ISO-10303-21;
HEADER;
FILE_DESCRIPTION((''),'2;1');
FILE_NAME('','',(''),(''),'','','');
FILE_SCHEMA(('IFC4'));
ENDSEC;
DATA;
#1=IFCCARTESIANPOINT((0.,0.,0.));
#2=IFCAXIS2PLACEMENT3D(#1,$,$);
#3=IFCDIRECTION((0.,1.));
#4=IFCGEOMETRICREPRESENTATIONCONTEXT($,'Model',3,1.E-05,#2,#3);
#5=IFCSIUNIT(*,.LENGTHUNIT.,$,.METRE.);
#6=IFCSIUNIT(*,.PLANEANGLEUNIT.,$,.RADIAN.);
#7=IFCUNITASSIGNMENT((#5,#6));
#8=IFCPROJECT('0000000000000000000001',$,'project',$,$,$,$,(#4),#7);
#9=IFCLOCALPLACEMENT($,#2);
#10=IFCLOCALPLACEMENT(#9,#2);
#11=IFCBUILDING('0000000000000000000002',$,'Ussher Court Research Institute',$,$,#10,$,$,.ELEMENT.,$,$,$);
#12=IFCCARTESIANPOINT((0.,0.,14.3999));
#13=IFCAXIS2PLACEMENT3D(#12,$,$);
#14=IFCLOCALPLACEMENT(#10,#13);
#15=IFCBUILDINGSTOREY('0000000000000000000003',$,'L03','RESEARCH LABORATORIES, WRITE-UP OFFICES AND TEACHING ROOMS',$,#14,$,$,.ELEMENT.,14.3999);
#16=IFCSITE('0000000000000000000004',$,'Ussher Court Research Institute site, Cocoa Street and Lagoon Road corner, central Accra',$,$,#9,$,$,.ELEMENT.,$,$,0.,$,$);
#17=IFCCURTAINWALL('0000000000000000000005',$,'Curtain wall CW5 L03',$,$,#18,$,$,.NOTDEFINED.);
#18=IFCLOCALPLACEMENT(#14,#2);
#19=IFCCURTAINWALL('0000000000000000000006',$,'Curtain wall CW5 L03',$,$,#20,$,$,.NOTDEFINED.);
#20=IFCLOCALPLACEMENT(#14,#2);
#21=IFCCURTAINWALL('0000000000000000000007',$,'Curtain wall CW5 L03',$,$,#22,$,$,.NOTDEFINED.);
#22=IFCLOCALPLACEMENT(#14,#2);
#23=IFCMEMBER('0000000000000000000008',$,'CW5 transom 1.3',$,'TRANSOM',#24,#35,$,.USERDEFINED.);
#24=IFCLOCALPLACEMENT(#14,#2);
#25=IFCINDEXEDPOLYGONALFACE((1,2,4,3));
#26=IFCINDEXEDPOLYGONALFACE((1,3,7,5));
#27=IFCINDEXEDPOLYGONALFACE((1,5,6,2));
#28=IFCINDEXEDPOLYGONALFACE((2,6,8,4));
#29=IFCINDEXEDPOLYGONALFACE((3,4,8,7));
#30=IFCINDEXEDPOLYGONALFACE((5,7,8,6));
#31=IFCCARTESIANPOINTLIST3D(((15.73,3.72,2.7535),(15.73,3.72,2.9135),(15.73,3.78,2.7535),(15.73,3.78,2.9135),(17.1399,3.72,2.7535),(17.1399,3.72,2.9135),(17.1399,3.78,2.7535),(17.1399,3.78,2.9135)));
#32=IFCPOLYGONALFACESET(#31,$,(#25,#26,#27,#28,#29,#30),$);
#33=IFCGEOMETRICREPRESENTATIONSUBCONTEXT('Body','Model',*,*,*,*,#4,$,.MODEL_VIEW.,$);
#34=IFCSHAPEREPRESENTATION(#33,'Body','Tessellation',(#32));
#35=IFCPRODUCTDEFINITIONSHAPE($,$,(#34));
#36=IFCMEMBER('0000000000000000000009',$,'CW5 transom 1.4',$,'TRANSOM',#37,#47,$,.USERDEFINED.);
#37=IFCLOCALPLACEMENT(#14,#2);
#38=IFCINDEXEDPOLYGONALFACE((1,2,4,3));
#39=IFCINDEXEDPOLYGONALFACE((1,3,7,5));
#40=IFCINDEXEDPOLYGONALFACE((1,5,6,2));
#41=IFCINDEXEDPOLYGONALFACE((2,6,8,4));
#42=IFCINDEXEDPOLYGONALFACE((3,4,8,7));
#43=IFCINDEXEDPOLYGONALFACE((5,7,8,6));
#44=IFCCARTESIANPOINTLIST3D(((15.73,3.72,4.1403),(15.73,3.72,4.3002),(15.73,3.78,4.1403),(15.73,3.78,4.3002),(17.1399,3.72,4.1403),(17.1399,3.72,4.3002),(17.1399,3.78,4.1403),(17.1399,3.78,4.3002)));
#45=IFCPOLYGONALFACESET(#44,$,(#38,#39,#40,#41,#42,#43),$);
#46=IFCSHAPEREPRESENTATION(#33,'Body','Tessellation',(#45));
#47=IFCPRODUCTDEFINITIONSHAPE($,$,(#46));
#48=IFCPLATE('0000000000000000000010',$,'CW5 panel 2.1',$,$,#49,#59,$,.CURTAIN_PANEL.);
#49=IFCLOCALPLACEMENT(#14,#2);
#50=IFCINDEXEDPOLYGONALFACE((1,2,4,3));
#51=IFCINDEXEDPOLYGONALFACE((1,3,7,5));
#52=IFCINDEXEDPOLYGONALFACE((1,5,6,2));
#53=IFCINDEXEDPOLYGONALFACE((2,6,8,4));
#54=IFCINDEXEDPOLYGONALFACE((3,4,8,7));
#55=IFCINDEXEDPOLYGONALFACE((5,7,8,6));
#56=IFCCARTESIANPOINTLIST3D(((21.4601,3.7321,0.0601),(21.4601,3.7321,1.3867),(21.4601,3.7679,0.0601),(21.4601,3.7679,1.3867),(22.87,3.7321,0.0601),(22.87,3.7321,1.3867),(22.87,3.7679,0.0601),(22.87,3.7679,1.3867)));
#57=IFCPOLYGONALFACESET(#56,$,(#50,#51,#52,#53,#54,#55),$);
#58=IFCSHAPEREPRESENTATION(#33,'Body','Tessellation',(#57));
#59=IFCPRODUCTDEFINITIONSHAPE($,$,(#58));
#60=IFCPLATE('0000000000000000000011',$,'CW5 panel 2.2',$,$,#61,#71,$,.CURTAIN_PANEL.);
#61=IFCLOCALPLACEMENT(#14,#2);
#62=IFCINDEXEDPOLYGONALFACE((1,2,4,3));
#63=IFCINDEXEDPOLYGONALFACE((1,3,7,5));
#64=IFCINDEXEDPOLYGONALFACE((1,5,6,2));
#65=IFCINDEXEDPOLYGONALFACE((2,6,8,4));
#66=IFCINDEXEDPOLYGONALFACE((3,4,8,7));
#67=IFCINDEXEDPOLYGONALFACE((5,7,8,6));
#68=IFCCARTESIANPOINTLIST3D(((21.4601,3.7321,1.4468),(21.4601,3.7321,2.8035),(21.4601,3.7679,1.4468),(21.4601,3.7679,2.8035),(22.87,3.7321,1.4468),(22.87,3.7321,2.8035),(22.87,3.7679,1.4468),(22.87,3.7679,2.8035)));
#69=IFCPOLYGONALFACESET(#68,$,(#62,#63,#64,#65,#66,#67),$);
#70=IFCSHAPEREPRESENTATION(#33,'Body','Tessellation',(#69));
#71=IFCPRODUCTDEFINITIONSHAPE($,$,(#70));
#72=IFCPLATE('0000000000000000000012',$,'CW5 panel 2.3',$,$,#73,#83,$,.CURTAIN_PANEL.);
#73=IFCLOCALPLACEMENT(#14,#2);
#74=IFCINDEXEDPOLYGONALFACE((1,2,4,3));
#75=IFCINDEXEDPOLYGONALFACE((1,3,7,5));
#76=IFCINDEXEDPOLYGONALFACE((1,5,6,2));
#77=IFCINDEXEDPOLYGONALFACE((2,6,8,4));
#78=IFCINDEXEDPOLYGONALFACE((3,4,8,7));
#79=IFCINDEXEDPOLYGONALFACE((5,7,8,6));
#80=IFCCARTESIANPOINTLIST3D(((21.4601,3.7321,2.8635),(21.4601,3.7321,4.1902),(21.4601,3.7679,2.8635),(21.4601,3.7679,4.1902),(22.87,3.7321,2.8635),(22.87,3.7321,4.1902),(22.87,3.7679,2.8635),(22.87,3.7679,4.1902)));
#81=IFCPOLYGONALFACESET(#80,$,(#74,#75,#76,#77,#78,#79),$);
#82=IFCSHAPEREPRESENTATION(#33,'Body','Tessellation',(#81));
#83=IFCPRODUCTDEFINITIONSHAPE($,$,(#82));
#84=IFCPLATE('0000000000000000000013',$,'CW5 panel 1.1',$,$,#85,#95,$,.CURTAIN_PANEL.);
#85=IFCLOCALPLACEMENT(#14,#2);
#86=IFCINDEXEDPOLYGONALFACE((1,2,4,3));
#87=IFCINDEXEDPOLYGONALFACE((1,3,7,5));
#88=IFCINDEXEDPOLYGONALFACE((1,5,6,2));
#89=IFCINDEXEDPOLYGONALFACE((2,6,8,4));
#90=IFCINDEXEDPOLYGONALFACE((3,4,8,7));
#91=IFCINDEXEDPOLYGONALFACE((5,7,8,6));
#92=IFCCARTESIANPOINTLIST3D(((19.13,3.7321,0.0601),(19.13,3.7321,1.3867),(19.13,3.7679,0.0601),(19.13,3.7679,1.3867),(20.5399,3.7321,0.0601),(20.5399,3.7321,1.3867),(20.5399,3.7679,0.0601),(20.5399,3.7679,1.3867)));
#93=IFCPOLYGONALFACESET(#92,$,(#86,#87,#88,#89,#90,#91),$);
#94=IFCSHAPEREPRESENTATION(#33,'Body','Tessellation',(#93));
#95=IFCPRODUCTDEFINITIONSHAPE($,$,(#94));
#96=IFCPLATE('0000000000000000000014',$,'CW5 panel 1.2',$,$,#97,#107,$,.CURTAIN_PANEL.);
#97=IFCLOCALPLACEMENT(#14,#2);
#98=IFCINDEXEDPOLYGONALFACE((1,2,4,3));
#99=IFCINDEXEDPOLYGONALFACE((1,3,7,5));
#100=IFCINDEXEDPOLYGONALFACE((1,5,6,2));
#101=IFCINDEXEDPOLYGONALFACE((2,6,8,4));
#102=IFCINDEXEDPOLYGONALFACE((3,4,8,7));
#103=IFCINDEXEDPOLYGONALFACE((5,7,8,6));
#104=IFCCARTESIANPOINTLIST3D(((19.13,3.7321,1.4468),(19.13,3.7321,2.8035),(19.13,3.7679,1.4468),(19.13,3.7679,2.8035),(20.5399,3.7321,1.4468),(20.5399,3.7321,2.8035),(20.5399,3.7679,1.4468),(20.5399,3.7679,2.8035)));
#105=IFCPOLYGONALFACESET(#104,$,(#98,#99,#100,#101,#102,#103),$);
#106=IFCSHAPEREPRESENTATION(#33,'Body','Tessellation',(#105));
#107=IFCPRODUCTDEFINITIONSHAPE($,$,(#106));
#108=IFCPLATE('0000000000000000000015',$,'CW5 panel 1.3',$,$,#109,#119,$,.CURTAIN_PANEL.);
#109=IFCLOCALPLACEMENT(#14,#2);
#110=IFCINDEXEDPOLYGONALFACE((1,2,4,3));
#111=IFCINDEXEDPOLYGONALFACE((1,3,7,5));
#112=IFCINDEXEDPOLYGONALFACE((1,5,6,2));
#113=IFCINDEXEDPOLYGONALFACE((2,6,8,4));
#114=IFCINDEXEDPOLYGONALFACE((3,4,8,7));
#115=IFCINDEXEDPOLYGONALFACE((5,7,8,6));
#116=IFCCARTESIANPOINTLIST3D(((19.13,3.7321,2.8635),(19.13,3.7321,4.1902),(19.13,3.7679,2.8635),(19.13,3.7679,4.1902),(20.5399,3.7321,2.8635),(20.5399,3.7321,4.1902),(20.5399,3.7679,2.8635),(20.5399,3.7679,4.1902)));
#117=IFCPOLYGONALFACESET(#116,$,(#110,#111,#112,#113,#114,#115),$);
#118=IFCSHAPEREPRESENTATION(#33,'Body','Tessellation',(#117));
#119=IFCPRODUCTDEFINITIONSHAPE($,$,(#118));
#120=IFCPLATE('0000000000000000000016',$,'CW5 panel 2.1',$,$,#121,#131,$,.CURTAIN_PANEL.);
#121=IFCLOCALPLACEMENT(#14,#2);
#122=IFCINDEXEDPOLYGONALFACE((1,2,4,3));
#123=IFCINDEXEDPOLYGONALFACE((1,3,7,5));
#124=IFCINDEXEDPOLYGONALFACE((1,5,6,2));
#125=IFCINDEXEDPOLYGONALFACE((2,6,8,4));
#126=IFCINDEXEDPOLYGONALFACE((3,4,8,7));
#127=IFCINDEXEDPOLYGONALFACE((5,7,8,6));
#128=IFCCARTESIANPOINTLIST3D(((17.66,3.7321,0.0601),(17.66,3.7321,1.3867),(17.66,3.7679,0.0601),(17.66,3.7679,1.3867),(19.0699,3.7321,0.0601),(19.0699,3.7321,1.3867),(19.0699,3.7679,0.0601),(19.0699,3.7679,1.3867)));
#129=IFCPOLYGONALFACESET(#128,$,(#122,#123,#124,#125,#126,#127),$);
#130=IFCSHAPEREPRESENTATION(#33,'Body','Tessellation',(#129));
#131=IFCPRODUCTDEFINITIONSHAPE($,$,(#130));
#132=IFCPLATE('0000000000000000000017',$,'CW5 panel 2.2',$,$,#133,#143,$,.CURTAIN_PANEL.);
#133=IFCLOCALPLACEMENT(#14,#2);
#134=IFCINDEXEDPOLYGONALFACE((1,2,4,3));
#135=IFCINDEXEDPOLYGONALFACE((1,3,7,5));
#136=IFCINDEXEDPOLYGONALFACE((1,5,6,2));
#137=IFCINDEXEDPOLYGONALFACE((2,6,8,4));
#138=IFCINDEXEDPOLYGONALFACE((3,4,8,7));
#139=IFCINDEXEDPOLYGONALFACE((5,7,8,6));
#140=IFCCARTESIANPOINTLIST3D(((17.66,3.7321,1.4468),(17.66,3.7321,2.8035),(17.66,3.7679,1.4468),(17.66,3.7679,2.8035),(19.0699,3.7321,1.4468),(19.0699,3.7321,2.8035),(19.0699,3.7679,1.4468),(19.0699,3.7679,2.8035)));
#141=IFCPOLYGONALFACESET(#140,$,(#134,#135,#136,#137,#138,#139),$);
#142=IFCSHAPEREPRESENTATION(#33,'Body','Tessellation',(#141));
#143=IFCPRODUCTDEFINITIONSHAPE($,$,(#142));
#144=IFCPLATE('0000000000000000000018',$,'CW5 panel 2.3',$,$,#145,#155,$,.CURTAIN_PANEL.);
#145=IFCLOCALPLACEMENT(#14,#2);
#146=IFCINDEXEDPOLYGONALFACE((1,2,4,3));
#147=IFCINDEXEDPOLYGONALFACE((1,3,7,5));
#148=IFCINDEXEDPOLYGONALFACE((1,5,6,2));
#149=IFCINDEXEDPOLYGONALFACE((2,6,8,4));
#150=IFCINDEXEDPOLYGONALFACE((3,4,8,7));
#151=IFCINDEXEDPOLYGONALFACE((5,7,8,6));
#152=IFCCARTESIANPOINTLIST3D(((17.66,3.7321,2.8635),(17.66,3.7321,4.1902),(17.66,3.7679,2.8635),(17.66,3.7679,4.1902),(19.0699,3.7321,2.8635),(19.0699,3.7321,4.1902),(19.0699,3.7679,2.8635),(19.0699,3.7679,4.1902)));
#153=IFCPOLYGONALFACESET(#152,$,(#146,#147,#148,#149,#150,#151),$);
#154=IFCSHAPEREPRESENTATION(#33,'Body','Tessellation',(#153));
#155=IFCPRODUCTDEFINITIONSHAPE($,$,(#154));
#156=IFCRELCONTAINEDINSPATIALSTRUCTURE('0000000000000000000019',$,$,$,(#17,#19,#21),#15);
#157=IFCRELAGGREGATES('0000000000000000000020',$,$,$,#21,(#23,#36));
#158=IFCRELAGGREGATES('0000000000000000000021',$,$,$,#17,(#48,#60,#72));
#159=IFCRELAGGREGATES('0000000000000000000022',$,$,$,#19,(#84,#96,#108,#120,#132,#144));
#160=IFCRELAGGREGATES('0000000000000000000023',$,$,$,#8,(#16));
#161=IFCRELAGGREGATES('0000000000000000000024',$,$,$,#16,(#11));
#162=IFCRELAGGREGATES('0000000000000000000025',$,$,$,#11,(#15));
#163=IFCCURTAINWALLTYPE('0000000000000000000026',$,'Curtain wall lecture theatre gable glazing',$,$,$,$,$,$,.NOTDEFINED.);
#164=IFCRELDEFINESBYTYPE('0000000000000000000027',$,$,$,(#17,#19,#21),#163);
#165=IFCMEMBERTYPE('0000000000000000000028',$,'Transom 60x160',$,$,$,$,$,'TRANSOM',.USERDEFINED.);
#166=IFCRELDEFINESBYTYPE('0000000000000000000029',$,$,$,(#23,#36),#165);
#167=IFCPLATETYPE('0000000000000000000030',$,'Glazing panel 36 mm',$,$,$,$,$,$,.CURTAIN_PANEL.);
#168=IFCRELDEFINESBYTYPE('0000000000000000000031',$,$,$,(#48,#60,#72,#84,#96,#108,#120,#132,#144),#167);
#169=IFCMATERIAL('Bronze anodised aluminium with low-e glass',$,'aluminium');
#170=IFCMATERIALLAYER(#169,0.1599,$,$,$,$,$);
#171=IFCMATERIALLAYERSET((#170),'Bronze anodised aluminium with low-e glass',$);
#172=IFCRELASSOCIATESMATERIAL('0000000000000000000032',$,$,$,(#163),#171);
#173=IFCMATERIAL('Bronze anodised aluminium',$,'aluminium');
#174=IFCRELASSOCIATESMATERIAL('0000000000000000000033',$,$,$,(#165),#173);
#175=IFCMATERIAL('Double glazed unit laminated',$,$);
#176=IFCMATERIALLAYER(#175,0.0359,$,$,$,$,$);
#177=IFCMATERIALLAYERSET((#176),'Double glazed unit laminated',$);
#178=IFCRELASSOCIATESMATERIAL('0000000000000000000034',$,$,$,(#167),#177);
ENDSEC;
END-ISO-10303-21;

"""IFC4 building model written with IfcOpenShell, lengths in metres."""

from ifc_helpers import new_model, si_unit, direction, frame, origin, origin_2d, place, context, subcontext, project, spatial, rectangle, extrude, material, layer, layer_set, material_profile, profile_set, type_object, element, aggregate, save


model = new_model("IFC4")

# Units and contexts
model_context = context("Model", 3, precision=1e-05, world=origin(), true_north=direction((0.0, 1.0)))
body_context = subcontext(model_context, "Body", "Model", "MODEL_VIEW")
ifc_project = project(units=[si_unit("LENGTHUNIT", "METRE"), si_unit("PLANEANGLEUNIT", "RADIAN")], contexts=[model_context])

# Site, building, storey
site_placement = place(None, origin())
site = spatial("IfcSite", under=ifc_project, at=site_placement, Name="Ussher Court Research Institute site, Cocoa Street and Lagoon Road corner, central Accra", CompositionType="ELEMENT", RefElevation=0.0)
building_placement = place(site_placement, origin())
building = spatial("IfcBuilding", under=site, at=building_placement, Name="Ussher Court Research Institute", CompositionType="ELEMENT")
storey_placement = place(building_placement, frame((0.0, 0.0, 14.3999)))
storey = spatial("IfcBuildingStorey", under=building, at=storey_placement, Name="L03", Description="RESEARCH LABORATORIES, WRITE-UP OFFICES AND TEACHING ROOMS", CompositionType="ELEMENT", Elevation=14.3999)

# Curtain wall
ifc_material_1 = material(Name="Bronze anodised aluminium with low-e glass", Category="aluminium")
ifc_layer_1 = layer(ifc_material_1, 0.1599)
ifc_layer_set_1 = layer_set([ifc_layer_1], Name="Bronze anodised aluminium with low-e glass")
curtain_wall_type = type_object("IfcCurtainWallType", Name="Curtain wall lecture theatre gable glazing", PredefinedType="NOTDEFINED", material=ifc_layer_set_1)
curtain_wall_1_placement = place(storey_placement, origin())
curtain_wall_1 = element("IfcCurtainWall", 1, at=curtain_wall_1_placement, inside=storey, type_object=curtain_wall_type, Name="Curtain wall CW5 L03", PredefinedType="NOTDEFINED")

# Curtain wall
curtain_wall_2_placement = place(storey_placement, origin())
curtain_wall_2 = element("IfcCurtainWall", 2, at=curtain_wall_2_placement, inside=storey, type_object=curtain_wall_type, Name="Curtain wall CW5 L03", PredefinedType="NOTDEFINED")

# Curtain wall
curtain_wall_3_placement = place(storey_placement, origin())
curtain_wall_3 = element("IfcCurtainWall", 3, at=curtain_wall_3_placement, inside=storey, type_object=curtain_wall_type, Name="Curtain wall CW5 L03", PredefinedType="NOTDEFINED")

# Members
ifc_material_2 = material(Name="Bronze anodised aluminium", Category="aluminium")
ifc_material_profile_1 = material_profile(ifc_material_2, rectangle(XDim=0.0601, YDim=0.1599, at=origin_2d()), Name="Transom 60x160")
ifc_profile_set_1 = profile_set([ifc_material_profile_1], Name="Bronze anodised aluminium")
member_type_1 = type_object("IfcMemberType", Name="Transom 60x160", ElementType="TRANSOM", PredefinedType="USERDEFINED", material=ifc_profile_set_1)
member_1_placement = place(storey_placement, frame((17.1399, 3.75, 2.8335), z_axis=(-1.0, 0.0, 0.0), x_axis=(0.0, -1.0, 0.0)))
member_1 = element("IfcMember", 4, at=member_1_placement, type_object=member_type_1, Name="CW5 transom 1.3", ObjectType="TRANSOM", PredefinedType="USERDEFINED", context=body_context, shape_type="SweptSolid", body=[
    extrude(rectangle(XDim=0.0601, YDim=0.1599, at=origin_2d()), origin(), (0.0, 0.0, 1.0), 1.4099),
])
member_2_placement = place(storey_placement, frame((17.1399, 3.75, 4.2202), z_axis=(-1.0, 0.0, 0.0), x_axis=(0.0, -1.0, 0.0)))
member_2 = element("IfcMember", 5, at=member_2_placement, type_object=member_type_1, Name="CW5 transom 1.4", ObjectType="TRANSOM", PredefinedType="USERDEFINED", context=body_context, shape_type="SweptSolid", body=[
    extrude(rectangle(XDim=0.0601, YDim=0.1599, at=origin_2d()), origin(), (0.0, 0.0, 1.0), 1.4099),
])
aggregate(curtain_wall_3, [member_1, member_2])

# Plates
ifc_material_3 = material(Name="Double glazed unit laminated")
ifc_layer_2 = layer(ifc_material_3, 0.0359)
ifc_layer_set_2 = layer_set([ifc_layer_2], Name="Double glazed unit laminated")
plate_type = type_object("IfcPlateType", Name="Glazing panel 36 mm", PredefinedType="CURTAIN_PANEL", material=ifc_layer_set_2)
plate_1_placement = place(storey_placement, frame((22.165, 3.75, 0.0601), z_axis=(0.0, 0.0, 1.0), x_axis=(-1.0, 0.0, 0.0)))
plate_1 = element("IfcPlate", 6, at=plate_1_placement, type_object=plate_type, Name="CW5 panel 2.1", PredefinedType="CURTAIN_PANEL", context=body_context, shape_type="SweptSolid", body=[
    extrude(rectangle(XDim=1.4099, YDim=0.0359, at=origin_2d()), origin(), (0.0, 0.0, 1.0), 1.3267),
])
plate_2_placement = place(storey_placement, frame((22.165, 3.75, 1.4468), z_axis=(0.0, 0.0, 1.0), x_axis=(-1.0, 0.0, 0.0)))
plate_2 = element("IfcPlate", 7, at=plate_2_placement, type_object=plate_type, Name="CW5 panel 2.2", PredefinedType="CURTAIN_PANEL", context=body_context, shape_type="SweptSolid", body=[
    extrude(rectangle(XDim=1.4099, YDim=0.0359, at=origin_2d()), origin(), (0.0, 0.0, 1.0), 1.3567),
])
plate_3_placement = place(storey_placement, frame((22.165, 3.75, 2.8635), z_axis=(0.0, 0.0, 1.0), x_axis=(-1.0, 0.0, 0.0)))
plate_3 = element("IfcPlate", 8, at=plate_3_placement, type_object=plate_type, Name="CW5 panel 2.3", PredefinedType="CURTAIN_PANEL", context=body_context, shape_type="SweptSolid", body=[
    extrude(rectangle(XDim=1.4099, YDim=0.0359, at=origin_2d()), origin(), (0.0, 0.0, 1.0), 1.3267),
])
aggregate(curtain_wall_1, [plate_1, plate_2, plate_3])
plate_4_placement = place(storey_placement, frame((19.835, 3.75, 0.0601), z_axis=(0.0, 0.0, 1.0), x_axis=(-1.0, 0.0, 0.0)))
plate_4 = element("IfcPlate", 9, at=plate_4_placement, type_object=plate_type, Name="CW5 panel 1.1", PredefinedType="CURTAIN_PANEL", context=body_context, shape_type="SweptSolid", body=[
    extrude(rectangle(XDim=1.4099, YDim=0.0359, at=origin_2d()), origin(), (0.0, 0.0, 1.0), 1.3267),
])
plate_5_placement = place(storey_placement, frame((19.835, 3.75, 1.4468), z_axis=(0.0, 0.0, 1.0), x_axis=(-1.0, 0.0, 0.0)))
plate_5 = element("IfcPlate", 10, at=plate_5_placement, type_object=plate_type, Name="CW5 panel 1.2", PredefinedType="CURTAIN_PANEL", context=body_context, shape_type="SweptSolid", body=[
    extrude(rectangle(XDim=1.4099, YDim=0.0359, at=origin_2d()), origin(), (0.0, 0.0, 1.0), 1.3567),
])
plate_6_placement = place(storey_placement, frame((19.835, 3.75, 2.8635), z_axis=(0.0, 0.0, 1.0), x_axis=(-1.0, 0.0, 0.0)))
plate_6 = element("IfcPlate", 11, at=plate_6_placement, type_object=plate_type, Name="CW5 panel 1.3", PredefinedType="CURTAIN_PANEL", context=body_context, shape_type="SweptSolid", body=[
    extrude(rectangle(XDim=1.4099, YDim=0.0359, at=origin_2d()), origin(), (0.0, 0.0, 1.0), 1.3267),
])
plate_7_placement = place(storey_placement, frame((18.365, 3.75, 0.0601), z_axis=(0.0, 0.0, 1.0), x_axis=(-1.0, 0.0, 0.0)))
plate_7 = element("IfcPlate", 12, at=plate_7_placement, type_object=plate_type, Name="CW5 panel 2.1", PredefinedType="CURTAIN_PANEL", context=body_context, shape_type="SweptSolid", body=[
    extrude(rectangle(XDim=1.4099, YDim=0.0359, at=origin_2d()), origin(), (0.0, 0.0, 1.0), 1.3267),
])
plate_8_placement = place(storey_placement, frame((18.365, 3.75, 1.4468), z_axis=(0.0, 0.0, 1.0), x_axis=(-1.0, 0.0, 0.0)))
plate_8 = element("IfcPlate", 13, at=plate_8_placement, type_object=plate_type, Name="CW5 panel 2.2", PredefinedType="CURTAIN_PANEL", context=body_context, shape_type="SweptSolid", body=[
    extrude(rectangle(XDim=1.4099, YDim=0.0359, at=origin_2d()), origin(), (0.0, 0.0, 1.0), 1.3567),
])
plate_9_placement = place(storey_placement, frame((18.365, 3.75, 2.8635), z_axis=(0.0, 0.0, 1.0), x_axis=(-1.0, 0.0, 0.0)))
plate_9 = element("IfcPlate", 14, at=plate_9_placement, type_object=plate_type, Name="CW5 panel 2.3", PredefinedType="CURTAIN_PANEL", context=body_context, shape_type="SweptSolid", body=[
    extrude(rectangle(XDim=1.4099, YDim=0.0359, at=origin_2d()), origin(), (0.0, 0.0, 1.0), 1.3267),
])
aggregate(curtain_wall_2, [plate_4, plate_5, plate_6, plate_7, plate_8, plate_9])

save(model, "model.ifc")
